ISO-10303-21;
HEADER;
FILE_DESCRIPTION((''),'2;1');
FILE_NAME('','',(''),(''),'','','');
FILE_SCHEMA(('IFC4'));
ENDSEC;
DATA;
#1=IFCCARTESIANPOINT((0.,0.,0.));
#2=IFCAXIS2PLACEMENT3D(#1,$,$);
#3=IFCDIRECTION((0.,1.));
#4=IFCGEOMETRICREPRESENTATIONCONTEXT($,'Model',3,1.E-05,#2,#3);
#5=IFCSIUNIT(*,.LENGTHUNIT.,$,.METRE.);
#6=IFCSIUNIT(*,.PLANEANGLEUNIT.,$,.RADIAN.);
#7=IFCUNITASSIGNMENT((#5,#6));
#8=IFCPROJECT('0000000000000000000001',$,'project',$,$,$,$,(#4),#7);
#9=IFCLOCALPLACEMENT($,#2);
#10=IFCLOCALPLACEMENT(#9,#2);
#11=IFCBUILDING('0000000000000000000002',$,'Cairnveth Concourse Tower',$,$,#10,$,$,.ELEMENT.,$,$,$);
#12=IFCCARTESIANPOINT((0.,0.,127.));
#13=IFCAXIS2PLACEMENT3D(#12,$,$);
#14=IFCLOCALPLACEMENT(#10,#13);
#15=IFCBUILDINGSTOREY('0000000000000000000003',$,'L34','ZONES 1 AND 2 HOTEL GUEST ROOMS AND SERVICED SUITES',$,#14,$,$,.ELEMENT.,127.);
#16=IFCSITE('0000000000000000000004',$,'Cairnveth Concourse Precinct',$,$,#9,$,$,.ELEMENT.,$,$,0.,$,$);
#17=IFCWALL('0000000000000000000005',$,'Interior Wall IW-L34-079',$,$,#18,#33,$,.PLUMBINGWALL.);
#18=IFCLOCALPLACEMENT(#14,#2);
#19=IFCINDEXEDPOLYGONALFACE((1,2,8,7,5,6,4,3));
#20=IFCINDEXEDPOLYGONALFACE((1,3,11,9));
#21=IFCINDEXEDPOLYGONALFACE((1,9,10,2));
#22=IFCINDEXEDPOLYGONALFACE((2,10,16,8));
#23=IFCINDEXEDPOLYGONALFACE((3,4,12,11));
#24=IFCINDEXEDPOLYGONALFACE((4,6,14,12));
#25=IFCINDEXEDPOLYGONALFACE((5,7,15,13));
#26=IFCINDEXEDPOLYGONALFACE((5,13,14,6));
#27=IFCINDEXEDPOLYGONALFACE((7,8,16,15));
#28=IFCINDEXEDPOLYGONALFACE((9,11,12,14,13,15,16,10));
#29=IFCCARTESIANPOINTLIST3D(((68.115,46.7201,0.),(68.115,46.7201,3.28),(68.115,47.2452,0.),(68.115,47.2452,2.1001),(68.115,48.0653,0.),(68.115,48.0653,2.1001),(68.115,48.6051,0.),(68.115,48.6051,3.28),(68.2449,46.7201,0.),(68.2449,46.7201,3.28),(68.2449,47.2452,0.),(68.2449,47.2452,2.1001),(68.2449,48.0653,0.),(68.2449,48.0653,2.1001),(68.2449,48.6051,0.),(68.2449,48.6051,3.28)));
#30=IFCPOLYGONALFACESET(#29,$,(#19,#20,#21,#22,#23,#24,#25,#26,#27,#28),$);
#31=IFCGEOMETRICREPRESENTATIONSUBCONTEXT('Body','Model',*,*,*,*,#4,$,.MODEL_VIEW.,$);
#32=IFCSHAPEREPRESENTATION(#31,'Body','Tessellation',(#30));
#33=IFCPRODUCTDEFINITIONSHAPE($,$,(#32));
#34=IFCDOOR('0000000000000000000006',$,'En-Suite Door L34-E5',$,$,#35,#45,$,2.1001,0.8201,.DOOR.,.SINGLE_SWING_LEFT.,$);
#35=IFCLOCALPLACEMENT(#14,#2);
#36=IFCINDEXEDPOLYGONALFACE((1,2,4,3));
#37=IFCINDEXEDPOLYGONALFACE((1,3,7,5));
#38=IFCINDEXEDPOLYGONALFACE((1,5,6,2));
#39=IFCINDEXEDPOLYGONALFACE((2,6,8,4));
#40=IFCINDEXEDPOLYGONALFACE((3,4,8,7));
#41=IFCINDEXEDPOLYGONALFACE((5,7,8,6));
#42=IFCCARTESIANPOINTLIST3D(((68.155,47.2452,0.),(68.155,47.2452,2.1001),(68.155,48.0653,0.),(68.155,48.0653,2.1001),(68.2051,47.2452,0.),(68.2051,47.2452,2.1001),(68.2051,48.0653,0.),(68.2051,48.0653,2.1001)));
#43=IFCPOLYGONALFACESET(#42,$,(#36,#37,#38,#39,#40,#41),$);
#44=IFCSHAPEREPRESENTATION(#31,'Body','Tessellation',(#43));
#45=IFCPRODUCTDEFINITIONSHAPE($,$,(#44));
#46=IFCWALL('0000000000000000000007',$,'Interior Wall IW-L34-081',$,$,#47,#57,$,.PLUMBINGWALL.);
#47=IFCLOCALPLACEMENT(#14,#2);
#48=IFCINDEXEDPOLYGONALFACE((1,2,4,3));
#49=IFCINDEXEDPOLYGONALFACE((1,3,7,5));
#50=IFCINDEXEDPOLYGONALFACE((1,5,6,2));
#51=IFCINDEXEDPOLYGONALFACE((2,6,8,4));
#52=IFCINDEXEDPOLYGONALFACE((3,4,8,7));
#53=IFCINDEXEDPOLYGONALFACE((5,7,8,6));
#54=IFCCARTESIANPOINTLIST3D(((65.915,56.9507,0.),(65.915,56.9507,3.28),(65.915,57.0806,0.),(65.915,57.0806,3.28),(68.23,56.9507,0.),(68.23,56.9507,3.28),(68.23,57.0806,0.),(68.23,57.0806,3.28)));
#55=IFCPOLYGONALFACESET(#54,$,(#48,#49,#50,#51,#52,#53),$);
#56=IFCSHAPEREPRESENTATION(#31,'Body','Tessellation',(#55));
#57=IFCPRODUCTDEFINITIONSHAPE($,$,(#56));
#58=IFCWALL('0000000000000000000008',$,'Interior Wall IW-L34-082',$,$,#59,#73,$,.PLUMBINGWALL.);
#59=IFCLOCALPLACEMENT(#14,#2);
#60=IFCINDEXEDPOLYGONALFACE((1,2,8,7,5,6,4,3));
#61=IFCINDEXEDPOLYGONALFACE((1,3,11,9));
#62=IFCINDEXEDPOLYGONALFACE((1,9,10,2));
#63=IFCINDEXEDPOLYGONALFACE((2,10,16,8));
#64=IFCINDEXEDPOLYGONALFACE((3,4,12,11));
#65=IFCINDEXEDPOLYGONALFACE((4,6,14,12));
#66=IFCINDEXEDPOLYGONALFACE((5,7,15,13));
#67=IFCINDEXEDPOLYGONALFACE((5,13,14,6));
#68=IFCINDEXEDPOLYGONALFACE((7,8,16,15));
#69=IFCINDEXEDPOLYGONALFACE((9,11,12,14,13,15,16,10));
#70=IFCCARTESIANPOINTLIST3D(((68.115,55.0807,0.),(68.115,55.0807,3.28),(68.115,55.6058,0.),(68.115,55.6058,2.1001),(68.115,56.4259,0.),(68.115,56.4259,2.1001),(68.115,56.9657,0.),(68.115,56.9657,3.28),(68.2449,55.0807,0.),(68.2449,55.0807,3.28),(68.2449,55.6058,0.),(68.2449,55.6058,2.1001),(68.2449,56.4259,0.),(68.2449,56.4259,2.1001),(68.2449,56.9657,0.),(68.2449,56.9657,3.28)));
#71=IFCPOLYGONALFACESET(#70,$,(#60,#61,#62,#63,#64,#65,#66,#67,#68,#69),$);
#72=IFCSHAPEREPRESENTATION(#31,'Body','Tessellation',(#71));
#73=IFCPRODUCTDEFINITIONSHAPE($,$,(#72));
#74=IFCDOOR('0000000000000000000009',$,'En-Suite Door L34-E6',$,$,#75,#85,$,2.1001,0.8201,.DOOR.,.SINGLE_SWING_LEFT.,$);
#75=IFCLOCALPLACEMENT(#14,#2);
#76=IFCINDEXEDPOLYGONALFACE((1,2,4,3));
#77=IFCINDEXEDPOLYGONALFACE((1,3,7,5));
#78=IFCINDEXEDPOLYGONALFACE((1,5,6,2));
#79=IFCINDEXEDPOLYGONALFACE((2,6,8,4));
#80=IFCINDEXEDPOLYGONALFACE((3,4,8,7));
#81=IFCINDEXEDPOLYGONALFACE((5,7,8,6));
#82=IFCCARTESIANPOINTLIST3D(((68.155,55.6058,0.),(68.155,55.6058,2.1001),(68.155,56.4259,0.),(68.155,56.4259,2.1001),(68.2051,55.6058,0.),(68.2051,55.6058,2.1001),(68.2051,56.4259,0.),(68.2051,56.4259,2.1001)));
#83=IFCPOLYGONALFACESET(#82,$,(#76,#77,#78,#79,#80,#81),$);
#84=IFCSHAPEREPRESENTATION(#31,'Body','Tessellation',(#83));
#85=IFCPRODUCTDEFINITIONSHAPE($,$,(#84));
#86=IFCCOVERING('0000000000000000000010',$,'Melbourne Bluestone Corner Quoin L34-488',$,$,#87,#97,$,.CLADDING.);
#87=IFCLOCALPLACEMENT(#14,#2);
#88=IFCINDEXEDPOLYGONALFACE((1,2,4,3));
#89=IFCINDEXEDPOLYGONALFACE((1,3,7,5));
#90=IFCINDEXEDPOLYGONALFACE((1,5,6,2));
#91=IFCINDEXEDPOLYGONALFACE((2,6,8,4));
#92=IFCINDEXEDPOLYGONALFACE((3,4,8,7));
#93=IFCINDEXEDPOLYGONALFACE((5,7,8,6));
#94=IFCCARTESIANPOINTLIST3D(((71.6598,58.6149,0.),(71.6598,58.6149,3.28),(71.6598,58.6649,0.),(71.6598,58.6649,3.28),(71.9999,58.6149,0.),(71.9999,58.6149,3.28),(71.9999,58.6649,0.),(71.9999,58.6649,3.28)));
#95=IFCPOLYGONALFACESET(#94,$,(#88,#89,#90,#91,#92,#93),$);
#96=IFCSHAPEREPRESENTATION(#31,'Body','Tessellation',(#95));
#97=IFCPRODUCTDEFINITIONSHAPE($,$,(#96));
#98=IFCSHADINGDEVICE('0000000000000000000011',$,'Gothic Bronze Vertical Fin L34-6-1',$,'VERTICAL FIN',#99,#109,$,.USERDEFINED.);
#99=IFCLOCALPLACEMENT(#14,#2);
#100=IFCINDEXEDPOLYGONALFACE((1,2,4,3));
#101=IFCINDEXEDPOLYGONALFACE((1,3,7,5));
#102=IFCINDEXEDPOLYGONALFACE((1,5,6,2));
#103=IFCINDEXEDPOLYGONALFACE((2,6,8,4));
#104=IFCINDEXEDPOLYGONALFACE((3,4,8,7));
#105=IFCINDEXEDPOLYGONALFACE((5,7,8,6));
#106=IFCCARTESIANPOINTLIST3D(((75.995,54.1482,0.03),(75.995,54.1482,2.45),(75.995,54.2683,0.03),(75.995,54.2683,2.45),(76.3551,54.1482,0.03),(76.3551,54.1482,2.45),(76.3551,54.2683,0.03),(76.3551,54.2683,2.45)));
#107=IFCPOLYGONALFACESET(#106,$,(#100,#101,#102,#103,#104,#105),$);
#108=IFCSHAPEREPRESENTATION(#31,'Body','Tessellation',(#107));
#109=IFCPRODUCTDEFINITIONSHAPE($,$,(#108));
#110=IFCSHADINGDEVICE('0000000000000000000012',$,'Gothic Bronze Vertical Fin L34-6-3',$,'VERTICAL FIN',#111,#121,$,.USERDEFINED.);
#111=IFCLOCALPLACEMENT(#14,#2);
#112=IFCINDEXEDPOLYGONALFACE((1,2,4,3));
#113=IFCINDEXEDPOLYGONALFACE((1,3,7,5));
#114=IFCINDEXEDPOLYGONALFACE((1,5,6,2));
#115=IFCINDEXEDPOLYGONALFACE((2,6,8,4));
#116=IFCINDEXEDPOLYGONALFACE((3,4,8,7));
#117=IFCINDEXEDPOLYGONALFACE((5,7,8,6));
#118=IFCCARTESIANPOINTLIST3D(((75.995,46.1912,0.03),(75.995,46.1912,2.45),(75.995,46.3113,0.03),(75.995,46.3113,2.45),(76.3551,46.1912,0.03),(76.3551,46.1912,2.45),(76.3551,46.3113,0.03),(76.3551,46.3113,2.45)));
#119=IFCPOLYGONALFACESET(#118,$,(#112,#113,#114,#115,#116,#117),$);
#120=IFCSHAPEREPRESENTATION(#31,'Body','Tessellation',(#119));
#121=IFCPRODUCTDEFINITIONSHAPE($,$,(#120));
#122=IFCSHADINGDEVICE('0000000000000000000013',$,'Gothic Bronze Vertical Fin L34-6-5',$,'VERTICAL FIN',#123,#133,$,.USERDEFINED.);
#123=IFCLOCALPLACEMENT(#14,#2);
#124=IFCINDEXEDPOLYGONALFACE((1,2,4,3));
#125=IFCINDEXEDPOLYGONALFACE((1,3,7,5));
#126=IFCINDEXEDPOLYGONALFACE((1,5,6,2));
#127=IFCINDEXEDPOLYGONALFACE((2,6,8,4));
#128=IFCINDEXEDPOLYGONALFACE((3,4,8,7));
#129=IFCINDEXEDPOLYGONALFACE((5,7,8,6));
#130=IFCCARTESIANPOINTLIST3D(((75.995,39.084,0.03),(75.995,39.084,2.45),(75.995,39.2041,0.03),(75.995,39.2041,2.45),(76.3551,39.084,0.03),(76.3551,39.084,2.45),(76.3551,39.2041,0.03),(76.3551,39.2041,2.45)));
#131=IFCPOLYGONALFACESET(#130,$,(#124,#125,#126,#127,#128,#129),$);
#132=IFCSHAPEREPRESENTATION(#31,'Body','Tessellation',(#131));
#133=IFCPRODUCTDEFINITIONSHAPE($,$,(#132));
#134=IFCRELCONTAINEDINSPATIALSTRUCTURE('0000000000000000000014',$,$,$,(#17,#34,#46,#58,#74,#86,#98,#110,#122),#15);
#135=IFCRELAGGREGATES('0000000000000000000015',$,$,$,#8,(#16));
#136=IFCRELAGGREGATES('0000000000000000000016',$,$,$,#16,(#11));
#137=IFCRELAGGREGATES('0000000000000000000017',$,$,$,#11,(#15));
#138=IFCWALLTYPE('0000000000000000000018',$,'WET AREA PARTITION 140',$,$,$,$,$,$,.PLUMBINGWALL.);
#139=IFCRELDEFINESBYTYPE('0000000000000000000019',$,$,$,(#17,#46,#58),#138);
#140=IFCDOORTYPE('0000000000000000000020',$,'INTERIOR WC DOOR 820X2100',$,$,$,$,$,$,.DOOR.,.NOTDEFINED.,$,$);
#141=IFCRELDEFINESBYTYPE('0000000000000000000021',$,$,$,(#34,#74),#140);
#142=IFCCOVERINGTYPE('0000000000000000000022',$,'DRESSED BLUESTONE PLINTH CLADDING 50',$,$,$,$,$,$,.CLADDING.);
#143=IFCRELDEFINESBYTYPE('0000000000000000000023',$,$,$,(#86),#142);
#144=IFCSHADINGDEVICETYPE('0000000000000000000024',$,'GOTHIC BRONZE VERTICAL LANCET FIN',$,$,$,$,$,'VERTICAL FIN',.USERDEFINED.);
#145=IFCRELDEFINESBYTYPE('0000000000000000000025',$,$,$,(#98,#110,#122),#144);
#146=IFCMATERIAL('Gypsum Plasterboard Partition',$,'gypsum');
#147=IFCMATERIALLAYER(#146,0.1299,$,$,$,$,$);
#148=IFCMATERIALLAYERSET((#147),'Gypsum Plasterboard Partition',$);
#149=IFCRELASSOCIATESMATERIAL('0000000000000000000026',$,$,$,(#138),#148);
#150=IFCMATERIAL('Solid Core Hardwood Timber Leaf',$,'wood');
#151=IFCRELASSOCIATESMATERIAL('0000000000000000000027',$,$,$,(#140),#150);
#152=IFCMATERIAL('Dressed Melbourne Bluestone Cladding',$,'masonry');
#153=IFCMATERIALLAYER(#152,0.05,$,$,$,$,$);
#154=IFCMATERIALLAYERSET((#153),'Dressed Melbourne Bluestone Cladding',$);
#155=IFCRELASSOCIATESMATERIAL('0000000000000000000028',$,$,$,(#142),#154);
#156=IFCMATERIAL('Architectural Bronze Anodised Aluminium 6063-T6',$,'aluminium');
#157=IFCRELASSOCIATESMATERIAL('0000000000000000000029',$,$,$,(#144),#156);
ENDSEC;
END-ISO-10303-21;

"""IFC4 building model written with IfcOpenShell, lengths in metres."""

from ifc_helpers import new_model, si_unit, direction, frame, frame_2d, origin, origin_2d, place, context, subcontext, project, spatial, rectangle, extrude, material, layer, layer_set, type_object, element, fill, save


model = new_model("IFC4")

# Units and contexts
model_context = context("Model", 3, precision=1e-05, world=origin(), true_north=direction((0.0, 1.0)))
body_context = subcontext(model_context, "Body", "Model", "MODEL_VIEW")
ifc_project = project(units=[si_unit("LENGTHUNIT", "METRE"), si_unit("PLANEANGLEUNIT", "RADIAN")], contexts=[model_context])

# Site, building, storey
site_placement = place(None, origin())
site = spatial("IfcSite", under=ifc_project, at=site_placement, Name="Cairnveth Concourse Precinct", CompositionType="ELEMENT", RefElevation=0.0)
building_placement = place(site_placement, origin())
building = spatial("IfcBuilding", under=site, at=building_placement, Name="Cairnveth Concourse Tower", CompositionType="ELEMENT")
storey_placement = place(building_placement, frame((0.0, 0.0, 127.0)))
storey = spatial("IfcBuildingStorey", under=building, at=storey_placement, Name="L34", Description="ZONES 1 AND 2 HOTEL GUEST ROOMS AND SERVICED SUITES", CompositionType="ELEMENT", Elevation=127.0)

# Shared definitions
ifc_material_1 = material(Name="Gypsum Plasterboard Partition", Category="gypsum")
ifc_layer_1 = layer(ifc_material_1, 0.1299)
ifc_layer_set_1 = layer_set([ifc_layer_1], Name="Gypsum Plasterboard Partition")
wall_type_1 = type_object("IfcWallType", Name="WET AREA PARTITION 140", PredefinedType="PLUMBINGWALL", material=ifc_layer_set_1)

# Shared definitions
ifc_material_2 = material(Name="Solid Core Hardwood Timber Leaf", Category="wood")
door_type = type_object("IfcDoorType", Name="INTERIOR WC DOOR 820X2100", OperationType="NOTDEFINED", PredefinedType="DOOR", material=ifc_material_2)

# Wall, opening, door
wall_1_placement = place(storey_placement, frame((68.1799, 46.7202, 0.0), z_axis=(0.0, 0.0, 1.0), x_axis=(0.0, 1.0, 0.0)))
wall_1 = element("IfcWall", 1, at=wall_1_placement, inside=storey, type_object=wall_type_1, Name="Interior Wall IW-L34-079", PredefinedType="PLUMBINGWALL", context=body_context, shape_type="SweptSolid", body=[
    extrude(rectangle(XDim=1.885, YDim=0.1299, at=frame_2d((0.9424, 0.0))), origin(), (0.0, 0.0, 1.0), 3.28),
])
opening_1_placement = place(wall_1_placement, frame((0.5249, 0.0, 0.0)))
opening_1 = element("IfcOpeningElement", 2, at=opening_1_placement, cuts=wall_1, PredefinedType="OPENING", context=body_context, shape_type="SweptSolid", body=[
    extrude(rectangle(XDim=0.8201, YDim=2.1001, at=frame_2d((0.4102, 1.05))), frame((0.0, 0.075, 0.0), z_axis=(0.0, -1.0, 0.0), x_axis=(1.0, 0.0, 0.0)), (0.0, 0.0, 1.0), 0.1499),
])
door_1_placement = place(opening_1_placement, origin())
door_1 = element("IfcDoor", 3, at=door_1_placement, inside=storey, type_object=door_type, Name="En-Suite Door L34-E5", OperationType="SINGLE_SWING_LEFT", OverallHeight=2.1001, OverallWidth=0.8201, PredefinedType="DOOR", context=body_context, shape_type="SweptSolid", body=[
    extrude(rectangle(XDim=0.8201, YDim=2.1001, at=frame_2d((0.4102, 1.05))), frame((0.0, 0.0249, 0.0), z_axis=(0.0, -1.0, 0.0), x_axis=(1.0, 0.0, 0.0)), (0.0, 0.0, 1.0), 0.05),
])
fill(opening_1, door_1)

# Wall
wall_2_placement = place(storey_placement, frame((65.915, 57.0156, 0.0), z_axis=(0.0, 0.0, 1.0), x_axis=(1.0, 0.0, 0.0)))
element("IfcWall", 4, at=wall_2_placement, inside=storey, type_object=wall_type_1, Name="Interior Wall IW-L34-081", PredefinedType="PLUMBINGWALL", context=body_context, shape_type="SweptSolid", body=[
    extrude(rectangle(XDim=2.3149, YDim=0.1299, at=frame_2d((1.1575, 0.0))), origin(), (0.0, 0.0, 1.0), 3.28),
])

# Wall, opening, door
wall_3_placement = place(storey_placement, frame((68.1799, 55.0808, 0.0), z_axis=(0.0, 0.0, 1.0), x_axis=(0.0, 1.0, 0.0)))
wall_3 = element("IfcWall", 5, at=wall_3_placement, inside=storey, type_object=wall_type_1, Name="Interior Wall IW-L34-082", PredefinedType="PLUMBINGWALL", context=body_context, shape_type="SweptSolid", body=[
    extrude(rectangle(XDim=1.885, YDim=0.1299, at=frame_2d((0.9424, 0.0))), origin(), (0.0, 0.0, 1.0), 3.28),
])
opening_2_placement = place(wall_3_placement, frame((0.5249, 0.0, 0.0)))
opening_2 = element("IfcOpeningElement", 6, at=opening_2_placement, cuts=wall_3, PredefinedType="OPENING", context=body_context, shape_type="SweptSolid", body=[
    extrude(rectangle(XDim=0.8201, YDim=2.1001, at=frame_2d((0.4102, 1.05))), frame((0.0, 0.075, 0.0), z_axis=(0.0, -1.0, 0.0), x_axis=(1.0, 0.0, 0.0)), (0.0, 0.0, 1.0), 0.1499),
])
door_2_placement = place(opening_2_placement, origin())
door_2 = element("IfcDoor", 7, at=door_2_placement, inside=storey, type_object=door_type, Name="En-Suite Door L34-E6", OperationType="SINGLE_SWING_LEFT", OverallHeight=2.1001, OverallWidth=0.8201, PredefinedType="DOOR", context=body_context, shape_type="SweptSolid", body=[
    extrude(rectangle(XDim=0.8201, YDim=2.1001, at=frame_2d((0.4102, 1.05))), frame((0.0, 0.0249, 0.0), z_axis=(0.0, -1.0, 0.0), x_axis=(1.0, 0.0, 0.0)), (0.0, 0.0, 1.0), 0.05),
])
fill(opening_2, door_2)

# Covering
ifc_material_3 = material(Name="Dressed Melbourne Bluestone Cladding", Category="masonry")
ifc_layer_2 = layer(ifc_material_3, 0.05)
ifc_layer_set_2 = layer_set([ifc_layer_2], Name="Dressed Melbourne Bluestone Cladding")
covering_type = type_object("IfcCoveringType", Name="DRESSED BLUESTONE PLINTH CLADDING 50", PredefinedType="CLADDING", material=ifc_layer_set_2)
covering_placement = place(storey_placement, frame((71.6599, 58.6399, 0.0), z_axis=(0.0, 0.0, 1.0), x_axis=(1.0, 0.0, 0.0)))
element("IfcCovering", 8, at=covering_placement, inside=storey, type_object=covering_type, Name="Melbourne Bluestone Corner Quoin L34-488", PredefinedType="CLADDING", context=body_context, shape_type="SweptSolid", body=[
    extrude(rectangle(XDim=0.3401, YDim=0.05, at=frame_2d((0.1699, 0.0))), origin(), (0.0, 0.0, 1.0), 3.28),
])

# Shading devices
ifc_material_4 = material(Name="Architectural Bronze Anodised Aluminium 6063-T6", Category="aluminium")
shading_device_type = type_object("IfcShadingDeviceType", Name="GOTHIC BRONZE VERTICAL LANCET FIN", ElementType="VERTICAL FIN", PredefinedType="USERDEFINED", material=ifc_material_4)
for number, where, z_axis, x_axis, name in (
    (9, (76.175, 54.2083, 0.03), (0.0, 0.0, 1.0), (0.0, 1.0, 0.0), "Gothic Bronze Vertical Fin L34-6-1"),
    (10, (76.175, 46.2512, 0.03), (0.0, 0.0, 1.0), (0.0, 1.0, 0.0), "Gothic Bronze Vertical Fin L34-6-3"),
    (11, (76.175, 39.144, 0.03), (0.0, 0.0, 1.0), (0.0, 1.0, 0.0), "Gothic Bronze Vertical Fin L34-6-5"),
):
    element("IfcShadingDevice", number, at=place(storey_placement, frame(where, z_axis=z_axis, x_axis=x_axis)), inside=storey, type_object=shading_device_type, Name=name, ObjectType="VERTICAL FIN", PredefinedType="USERDEFINED", context=body_context, shape_type="SweptSolid", body=[
        extrude(rectangle(XDim=0.1201, YDim=0.3601, at=origin_2d()), origin(), (0.0, 0.0, 1.0), 2.4199),
    ])

save(model, "model.ifc")
